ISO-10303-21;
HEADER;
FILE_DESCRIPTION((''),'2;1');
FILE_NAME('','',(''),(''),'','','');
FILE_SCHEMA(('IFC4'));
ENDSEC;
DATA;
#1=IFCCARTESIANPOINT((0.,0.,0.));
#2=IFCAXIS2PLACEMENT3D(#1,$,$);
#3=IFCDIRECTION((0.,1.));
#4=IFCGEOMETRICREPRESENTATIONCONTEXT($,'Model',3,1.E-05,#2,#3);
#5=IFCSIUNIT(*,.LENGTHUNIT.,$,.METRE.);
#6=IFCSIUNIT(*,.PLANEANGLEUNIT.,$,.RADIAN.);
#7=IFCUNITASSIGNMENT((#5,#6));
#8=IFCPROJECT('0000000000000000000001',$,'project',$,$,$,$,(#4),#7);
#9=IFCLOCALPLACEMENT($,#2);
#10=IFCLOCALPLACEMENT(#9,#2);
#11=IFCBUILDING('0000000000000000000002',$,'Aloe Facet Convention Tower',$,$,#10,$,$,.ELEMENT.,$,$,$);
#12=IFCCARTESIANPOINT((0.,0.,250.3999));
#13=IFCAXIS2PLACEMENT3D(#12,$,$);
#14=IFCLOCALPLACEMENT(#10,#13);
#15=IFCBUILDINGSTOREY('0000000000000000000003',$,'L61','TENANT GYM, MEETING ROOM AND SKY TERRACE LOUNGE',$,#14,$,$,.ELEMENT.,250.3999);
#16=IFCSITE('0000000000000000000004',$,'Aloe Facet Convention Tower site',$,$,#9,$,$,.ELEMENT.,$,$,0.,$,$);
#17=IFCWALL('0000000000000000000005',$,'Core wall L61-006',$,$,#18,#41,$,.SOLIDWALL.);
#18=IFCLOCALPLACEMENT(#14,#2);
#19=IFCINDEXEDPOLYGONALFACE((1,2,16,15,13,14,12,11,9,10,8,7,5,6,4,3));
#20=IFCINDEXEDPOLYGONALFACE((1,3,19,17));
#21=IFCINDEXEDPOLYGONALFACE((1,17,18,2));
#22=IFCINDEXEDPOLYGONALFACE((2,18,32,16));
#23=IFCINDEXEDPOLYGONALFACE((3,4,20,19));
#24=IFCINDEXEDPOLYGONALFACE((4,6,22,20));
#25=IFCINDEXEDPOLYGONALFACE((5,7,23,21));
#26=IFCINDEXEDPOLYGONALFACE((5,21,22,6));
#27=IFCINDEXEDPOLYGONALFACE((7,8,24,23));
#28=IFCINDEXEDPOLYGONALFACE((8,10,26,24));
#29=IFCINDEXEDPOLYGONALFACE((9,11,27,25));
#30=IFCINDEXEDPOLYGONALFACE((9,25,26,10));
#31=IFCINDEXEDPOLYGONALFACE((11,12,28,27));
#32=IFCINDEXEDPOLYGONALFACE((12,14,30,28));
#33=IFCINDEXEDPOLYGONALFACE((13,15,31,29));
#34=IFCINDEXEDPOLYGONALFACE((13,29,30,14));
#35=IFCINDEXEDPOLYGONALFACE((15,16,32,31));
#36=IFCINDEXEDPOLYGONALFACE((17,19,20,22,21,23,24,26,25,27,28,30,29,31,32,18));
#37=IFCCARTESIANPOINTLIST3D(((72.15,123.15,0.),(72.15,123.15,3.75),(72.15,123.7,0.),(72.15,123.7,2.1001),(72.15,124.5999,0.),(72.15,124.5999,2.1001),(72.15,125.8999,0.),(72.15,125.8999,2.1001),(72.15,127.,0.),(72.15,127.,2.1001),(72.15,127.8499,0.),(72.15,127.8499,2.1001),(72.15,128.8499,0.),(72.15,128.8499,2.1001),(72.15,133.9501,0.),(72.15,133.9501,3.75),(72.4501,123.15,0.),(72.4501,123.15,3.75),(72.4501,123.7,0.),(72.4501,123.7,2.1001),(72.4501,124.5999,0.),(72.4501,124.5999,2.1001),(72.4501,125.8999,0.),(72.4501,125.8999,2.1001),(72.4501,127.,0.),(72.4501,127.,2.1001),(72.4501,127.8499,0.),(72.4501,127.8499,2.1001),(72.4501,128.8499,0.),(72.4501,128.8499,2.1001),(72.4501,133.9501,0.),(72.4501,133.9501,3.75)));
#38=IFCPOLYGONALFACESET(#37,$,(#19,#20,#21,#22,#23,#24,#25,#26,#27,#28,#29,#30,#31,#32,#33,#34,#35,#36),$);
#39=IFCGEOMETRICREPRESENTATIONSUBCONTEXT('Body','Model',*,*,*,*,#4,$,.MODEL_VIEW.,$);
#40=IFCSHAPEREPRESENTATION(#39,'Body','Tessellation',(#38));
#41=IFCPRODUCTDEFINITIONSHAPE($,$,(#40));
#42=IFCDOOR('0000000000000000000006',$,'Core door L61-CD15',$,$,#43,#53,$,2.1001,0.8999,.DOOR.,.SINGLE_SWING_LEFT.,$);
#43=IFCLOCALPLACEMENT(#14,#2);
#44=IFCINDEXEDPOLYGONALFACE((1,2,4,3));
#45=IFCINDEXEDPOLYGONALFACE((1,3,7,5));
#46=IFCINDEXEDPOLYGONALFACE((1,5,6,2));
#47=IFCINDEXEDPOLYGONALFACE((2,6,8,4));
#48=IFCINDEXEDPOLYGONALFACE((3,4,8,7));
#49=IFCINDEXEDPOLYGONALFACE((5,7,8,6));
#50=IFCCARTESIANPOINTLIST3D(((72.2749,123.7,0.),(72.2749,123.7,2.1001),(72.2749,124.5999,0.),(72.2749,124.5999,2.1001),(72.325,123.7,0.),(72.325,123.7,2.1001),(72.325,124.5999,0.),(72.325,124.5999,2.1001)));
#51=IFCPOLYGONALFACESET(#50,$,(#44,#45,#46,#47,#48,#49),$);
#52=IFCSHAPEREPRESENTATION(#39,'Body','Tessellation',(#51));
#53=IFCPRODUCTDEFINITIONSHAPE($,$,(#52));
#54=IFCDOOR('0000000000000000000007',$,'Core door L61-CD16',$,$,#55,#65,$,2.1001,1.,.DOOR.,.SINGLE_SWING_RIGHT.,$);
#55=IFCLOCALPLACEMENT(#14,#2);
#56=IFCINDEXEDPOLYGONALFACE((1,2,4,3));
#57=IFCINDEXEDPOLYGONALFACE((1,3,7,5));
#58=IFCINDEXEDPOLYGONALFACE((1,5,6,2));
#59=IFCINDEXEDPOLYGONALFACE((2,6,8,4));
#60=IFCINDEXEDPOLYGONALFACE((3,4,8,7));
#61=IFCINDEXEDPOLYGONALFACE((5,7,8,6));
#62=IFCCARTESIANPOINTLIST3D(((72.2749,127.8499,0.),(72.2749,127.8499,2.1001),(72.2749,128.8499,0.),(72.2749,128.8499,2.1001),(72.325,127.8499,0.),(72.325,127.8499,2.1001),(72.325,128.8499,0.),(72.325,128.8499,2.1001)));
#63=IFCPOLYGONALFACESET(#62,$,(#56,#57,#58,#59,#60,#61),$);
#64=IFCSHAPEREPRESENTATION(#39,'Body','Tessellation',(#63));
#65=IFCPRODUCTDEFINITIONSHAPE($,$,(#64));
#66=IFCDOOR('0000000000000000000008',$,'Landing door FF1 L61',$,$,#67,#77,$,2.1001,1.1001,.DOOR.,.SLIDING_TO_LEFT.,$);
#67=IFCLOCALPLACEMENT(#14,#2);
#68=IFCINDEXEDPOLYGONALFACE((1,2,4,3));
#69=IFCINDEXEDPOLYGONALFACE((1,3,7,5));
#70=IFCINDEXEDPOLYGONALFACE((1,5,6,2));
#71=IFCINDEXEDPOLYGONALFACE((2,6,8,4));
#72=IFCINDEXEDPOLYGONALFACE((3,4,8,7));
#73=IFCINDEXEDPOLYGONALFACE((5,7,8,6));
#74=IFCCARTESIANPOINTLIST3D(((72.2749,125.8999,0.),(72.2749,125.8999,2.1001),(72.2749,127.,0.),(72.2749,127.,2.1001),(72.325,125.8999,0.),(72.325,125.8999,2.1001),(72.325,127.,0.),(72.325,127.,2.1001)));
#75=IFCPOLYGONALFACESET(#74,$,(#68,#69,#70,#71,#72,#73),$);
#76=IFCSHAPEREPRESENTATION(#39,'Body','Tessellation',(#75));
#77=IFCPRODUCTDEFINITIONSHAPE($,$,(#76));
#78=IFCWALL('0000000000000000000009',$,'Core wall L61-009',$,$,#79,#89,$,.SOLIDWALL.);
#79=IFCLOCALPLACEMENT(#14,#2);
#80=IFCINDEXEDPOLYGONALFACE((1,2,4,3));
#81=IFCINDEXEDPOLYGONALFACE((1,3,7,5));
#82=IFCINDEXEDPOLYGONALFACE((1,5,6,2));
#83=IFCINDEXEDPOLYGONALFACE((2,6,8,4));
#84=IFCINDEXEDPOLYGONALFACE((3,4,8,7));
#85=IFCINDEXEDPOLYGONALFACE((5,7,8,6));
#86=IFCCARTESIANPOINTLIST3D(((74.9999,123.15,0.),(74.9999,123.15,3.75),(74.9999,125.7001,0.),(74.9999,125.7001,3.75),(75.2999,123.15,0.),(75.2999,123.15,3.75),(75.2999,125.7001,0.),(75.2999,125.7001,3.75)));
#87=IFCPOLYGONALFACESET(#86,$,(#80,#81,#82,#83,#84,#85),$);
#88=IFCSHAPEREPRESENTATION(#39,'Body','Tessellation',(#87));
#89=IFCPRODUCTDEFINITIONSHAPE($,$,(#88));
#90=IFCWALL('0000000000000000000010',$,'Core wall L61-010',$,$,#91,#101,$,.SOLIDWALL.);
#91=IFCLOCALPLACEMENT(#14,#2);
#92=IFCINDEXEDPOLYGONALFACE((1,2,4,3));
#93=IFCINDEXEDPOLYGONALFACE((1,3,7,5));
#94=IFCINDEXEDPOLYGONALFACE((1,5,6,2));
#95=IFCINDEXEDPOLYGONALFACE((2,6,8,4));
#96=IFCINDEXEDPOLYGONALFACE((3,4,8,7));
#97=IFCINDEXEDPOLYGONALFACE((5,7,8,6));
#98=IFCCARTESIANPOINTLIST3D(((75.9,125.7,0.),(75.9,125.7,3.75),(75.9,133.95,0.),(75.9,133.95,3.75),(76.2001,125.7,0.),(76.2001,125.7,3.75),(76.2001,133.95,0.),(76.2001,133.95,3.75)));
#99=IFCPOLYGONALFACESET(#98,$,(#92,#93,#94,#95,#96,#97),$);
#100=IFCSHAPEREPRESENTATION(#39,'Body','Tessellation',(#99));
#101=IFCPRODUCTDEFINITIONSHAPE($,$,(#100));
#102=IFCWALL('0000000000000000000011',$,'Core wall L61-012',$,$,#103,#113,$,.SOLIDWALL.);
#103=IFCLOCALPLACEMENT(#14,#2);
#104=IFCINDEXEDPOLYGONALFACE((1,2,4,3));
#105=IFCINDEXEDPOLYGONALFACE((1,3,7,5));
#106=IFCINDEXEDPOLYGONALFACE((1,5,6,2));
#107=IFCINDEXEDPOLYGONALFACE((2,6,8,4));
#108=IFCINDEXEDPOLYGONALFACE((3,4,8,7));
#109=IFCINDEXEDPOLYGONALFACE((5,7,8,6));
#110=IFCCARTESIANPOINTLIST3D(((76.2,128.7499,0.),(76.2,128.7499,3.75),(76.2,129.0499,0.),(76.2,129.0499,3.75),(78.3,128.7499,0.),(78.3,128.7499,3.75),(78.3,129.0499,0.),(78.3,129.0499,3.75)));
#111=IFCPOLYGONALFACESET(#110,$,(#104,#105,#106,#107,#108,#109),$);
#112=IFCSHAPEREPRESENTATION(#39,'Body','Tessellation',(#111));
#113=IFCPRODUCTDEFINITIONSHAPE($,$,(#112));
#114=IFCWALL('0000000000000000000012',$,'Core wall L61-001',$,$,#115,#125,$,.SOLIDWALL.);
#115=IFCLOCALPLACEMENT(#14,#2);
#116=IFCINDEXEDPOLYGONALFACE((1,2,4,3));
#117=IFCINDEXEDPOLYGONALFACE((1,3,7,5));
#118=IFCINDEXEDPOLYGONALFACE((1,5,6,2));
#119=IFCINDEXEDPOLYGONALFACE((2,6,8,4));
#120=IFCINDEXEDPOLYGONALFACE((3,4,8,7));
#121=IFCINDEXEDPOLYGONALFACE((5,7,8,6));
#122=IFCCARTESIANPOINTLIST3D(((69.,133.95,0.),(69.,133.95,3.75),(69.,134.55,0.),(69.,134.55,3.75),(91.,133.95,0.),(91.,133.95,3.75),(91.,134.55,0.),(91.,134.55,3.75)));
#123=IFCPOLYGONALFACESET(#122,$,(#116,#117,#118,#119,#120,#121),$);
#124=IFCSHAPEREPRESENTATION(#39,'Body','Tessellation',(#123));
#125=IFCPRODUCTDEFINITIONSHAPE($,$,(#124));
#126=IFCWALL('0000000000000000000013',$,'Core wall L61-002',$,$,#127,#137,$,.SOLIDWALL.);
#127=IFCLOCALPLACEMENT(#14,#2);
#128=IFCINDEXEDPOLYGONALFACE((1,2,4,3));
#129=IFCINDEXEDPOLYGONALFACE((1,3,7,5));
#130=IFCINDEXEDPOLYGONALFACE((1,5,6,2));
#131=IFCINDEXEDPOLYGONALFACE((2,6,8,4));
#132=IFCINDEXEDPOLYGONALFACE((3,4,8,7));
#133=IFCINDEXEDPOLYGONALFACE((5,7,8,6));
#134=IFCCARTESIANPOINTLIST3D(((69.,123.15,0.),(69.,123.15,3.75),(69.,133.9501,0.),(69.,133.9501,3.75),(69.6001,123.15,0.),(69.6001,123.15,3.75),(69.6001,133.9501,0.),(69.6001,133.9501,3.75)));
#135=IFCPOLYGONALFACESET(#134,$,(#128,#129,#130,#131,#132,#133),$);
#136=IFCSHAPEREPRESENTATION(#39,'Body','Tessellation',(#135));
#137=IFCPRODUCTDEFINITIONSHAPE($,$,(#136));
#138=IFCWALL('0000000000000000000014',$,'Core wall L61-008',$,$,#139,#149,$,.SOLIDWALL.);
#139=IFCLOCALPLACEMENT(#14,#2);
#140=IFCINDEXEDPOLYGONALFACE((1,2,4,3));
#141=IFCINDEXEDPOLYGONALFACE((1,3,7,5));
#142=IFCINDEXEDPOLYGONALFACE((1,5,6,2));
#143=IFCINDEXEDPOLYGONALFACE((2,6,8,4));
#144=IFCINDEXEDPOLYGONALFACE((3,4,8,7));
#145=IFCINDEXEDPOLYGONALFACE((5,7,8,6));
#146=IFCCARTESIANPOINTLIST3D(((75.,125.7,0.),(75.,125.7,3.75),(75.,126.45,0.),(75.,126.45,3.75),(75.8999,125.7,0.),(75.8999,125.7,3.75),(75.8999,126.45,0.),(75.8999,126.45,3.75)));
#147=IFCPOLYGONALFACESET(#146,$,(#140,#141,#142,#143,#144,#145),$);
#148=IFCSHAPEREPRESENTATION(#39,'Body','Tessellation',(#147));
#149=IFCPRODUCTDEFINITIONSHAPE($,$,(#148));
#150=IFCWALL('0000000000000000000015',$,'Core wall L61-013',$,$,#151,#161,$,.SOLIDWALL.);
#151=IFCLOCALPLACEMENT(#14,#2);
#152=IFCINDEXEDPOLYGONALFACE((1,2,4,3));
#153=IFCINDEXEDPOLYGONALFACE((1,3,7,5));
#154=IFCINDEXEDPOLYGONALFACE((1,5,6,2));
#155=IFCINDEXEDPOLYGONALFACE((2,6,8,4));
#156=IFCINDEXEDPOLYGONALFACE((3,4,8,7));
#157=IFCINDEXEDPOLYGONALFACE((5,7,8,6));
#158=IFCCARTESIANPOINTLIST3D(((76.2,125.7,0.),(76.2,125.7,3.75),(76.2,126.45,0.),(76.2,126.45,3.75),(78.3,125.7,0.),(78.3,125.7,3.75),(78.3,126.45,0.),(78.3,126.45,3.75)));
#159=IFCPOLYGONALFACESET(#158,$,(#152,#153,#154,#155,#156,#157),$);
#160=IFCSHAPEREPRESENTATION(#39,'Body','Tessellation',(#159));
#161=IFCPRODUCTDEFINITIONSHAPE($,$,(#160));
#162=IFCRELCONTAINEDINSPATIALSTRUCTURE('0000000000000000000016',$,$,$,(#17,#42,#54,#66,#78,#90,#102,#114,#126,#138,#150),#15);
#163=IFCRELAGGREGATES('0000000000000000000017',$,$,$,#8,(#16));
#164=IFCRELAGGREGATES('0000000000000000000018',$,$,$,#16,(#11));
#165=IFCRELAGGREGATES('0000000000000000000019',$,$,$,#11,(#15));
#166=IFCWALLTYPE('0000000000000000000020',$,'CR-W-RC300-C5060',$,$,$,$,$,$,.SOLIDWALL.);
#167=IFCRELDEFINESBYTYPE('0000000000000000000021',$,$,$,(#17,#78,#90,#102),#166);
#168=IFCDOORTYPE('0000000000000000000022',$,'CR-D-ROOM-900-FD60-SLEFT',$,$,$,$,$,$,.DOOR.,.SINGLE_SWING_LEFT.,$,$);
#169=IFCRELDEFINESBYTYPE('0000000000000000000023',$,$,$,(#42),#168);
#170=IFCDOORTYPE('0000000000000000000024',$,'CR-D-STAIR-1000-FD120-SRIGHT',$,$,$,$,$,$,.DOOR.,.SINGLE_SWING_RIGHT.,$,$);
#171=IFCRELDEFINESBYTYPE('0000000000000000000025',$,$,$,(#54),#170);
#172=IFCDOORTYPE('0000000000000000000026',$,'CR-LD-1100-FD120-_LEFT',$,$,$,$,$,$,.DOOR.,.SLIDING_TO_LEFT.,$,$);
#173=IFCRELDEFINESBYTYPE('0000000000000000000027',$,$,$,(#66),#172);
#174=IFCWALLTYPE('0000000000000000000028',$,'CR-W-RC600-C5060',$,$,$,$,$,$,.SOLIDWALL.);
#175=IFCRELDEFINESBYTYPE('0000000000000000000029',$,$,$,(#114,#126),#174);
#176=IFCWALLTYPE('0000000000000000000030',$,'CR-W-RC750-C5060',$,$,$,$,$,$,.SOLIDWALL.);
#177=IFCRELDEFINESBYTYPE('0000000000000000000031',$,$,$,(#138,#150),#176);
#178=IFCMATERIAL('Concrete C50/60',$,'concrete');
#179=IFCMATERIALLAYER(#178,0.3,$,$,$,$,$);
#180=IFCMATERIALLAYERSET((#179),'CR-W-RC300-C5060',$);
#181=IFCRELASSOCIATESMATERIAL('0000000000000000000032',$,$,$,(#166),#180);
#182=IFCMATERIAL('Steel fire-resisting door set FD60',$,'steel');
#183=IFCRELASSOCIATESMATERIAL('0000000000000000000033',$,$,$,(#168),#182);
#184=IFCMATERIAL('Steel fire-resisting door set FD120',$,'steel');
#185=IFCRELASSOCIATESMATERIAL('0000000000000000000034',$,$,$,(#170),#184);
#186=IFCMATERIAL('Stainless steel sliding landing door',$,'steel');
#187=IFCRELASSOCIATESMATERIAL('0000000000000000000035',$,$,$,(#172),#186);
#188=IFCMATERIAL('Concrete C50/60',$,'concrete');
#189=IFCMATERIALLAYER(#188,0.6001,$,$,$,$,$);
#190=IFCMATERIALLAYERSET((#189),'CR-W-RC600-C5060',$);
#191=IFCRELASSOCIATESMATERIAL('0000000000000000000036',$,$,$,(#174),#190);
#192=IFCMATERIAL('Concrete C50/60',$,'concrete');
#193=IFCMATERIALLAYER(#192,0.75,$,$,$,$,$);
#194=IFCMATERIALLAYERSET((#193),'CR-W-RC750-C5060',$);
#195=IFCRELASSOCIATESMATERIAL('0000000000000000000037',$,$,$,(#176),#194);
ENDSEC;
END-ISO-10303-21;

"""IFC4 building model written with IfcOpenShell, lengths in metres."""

from ifc_helpers import new_model, si_unit, direction, frame, frame_2d, origin, place, context, subcontext, project, spatial, rectangle, extrude, material, layer, layer_set, type_object, element, fill, save


model = new_model("IFC4")

# Units and contexts
model_context = context("Model", 3, precision=1e-05, world=origin(), true_north=direction((0.0, 1.0)))
body_context = subcontext(model_context, "Body", "Model", "MODEL_VIEW")
ifc_project = project(units=[si_unit("LENGTHUNIT", "METRE"), si_unit("PLANEANGLEUNIT", "RADIAN")], contexts=[model_context])

# Site, building, storey
site_placement = place(None, origin())
site = spatial("IfcSite", under=ifc_project, at=site_placement, Name="Aloe Facet Convention Tower site", CompositionType="ELEMENT", RefElevation=0.0)
building_placement = place(site_placement, origin())
building = spatial("IfcBuilding", under=site, at=building_placement, Name="Aloe Facet Convention Tower", CompositionType="ELEMENT")
storey_placement = place(building_placement, frame((0.0, 0.0, 250.3999)))
storey = spatial("IfcBuildingStorey", under=building, at=storey_placement, Name="L61", Description="TENANT GYM, MEETING ROOM AND SKY TERRACE LOUNGE", CompositionType="ELEMENT", Elevation=250.3999)

# Shared definitions
ifc_material_1 = material(Name="Concrete C50/60", Category="concrete")
ifc_layer_1 = layer(ifc_material_1, 0.3)
ifc_layer_set_1 = layer_set([ifc_layer_1], Name="CR-W-RC300-C5060")
wall_type_1 = type_object("IfcWallType", Name="CR-W-RC300-C5060", PredefinedType="SOLIDWALL", material=ifc_layer_set_1)

# Wall, openings, doors
wall_1_placement = place(storey_placement, frame((72.3, 133.95, 0.0), z_axis=(0.0, 0.0, 1.0), x_axis=(0.0, -1.0, 0.0)))
wall_1 = element("IfcWall", 1, at=wall_1_placement, inside=storey, type_object=wall_type_1, Name="Core wall L61-006", PredefinedType="SOLIDWALL", context=body_context, shape_type="SweptSolid", body=[
    extrude(rectangle(XDim=10.8, YDim=0.3, at=frame_2d((5.3999, 0.0))), origin(), (0.0, 0.0, 1.0), 3.75),
])
opening_1_placement = place(wall_1_placement, frame((6.95, 0.0, 0.0)))
opening_1 = element("IfcOpeningElement", 2, at=opening_1_placement, cuts=wall_1, PredefinedType="OPENING", context=body_context, shape_type="SweptSolid", body=[
    extrude(rectangle(XDim=1.1001, YDim=2.1001, at=frame_2d((0.55, 1.05))), frame((0.0, 0.1602, 0.0), z_axis=(0.0, -1.0, 0.0), x_axis=(1.0, 0.0, 0.0)), (0.0, 0.0, 1.0), 0.3201),
])
opening_2_placement = place(wall_1_placement, frame((9.3501, 0.0, 0.0)))
opening_2 = element("IfcOpeningElement", 3, at=opening_2_placement, cuts=wall_1, PredefinedType="OPENING", context=body_context, shape_type="SweptSolid", body=[
    extrude(rectangle(XDim=0.8999, YDim=2.1001, at=frame_2d((0.45, 1.05))), frame((0.0, 0.1602, 0.0), z_axis=(0.0, -1.0, 0.0), x_axis=(1.0, 0.0, 0.0)), (0.0, 0.0, 1.0), 0.3201),
])
opening_3_placement = place(wall_1_placement, frame((5.1001, 0.0, 0.0)))
opening_3 = element("IfcOpeningElement", 4, at=opening_3_placement, cuts=wall_1, PredefinedType="OPENING", context=body_context, shape_type="SweptSolid", body=[
    extrude(rectangle(XDim=1.0, YDim=2.1001, at=frame_2d((0.5, 1.05))), frame((0.0, 0.1602, 0.0), z_axis=(0.0, -1.0, 0.0), x_axis=(1.0, 0.0, 0.0)), (0.0, 0.0, 1.0), 0.3201),
])
ifc_material_2 = material(Name="Steel fire-resisting door set FD60", Category="steel")
door_type_1 = type_object("IfcDoorType", Name="CR-D-ROOM-900-FD60-SLEFT", OperationType="SINGLE_SWING_LEFT", PredefinedType="DOOR", material=ifc_material_2)
door_1_placement = place(opening_2_placement, origin())
door_1 = element("IfcDoor", 5, at=door_1_placement, inside=storey, type_object=door_type_1, Name="Core door L61-CD15", OperationType="SINGLE_SWING_LEFT", OverallHeight=2.1001, OverallWidth=0.8999, PredefinedType="DOOR", context=body_context, shape_type="SweptSolid", body=[
    extrude(rectangle(XDim=0.8999, YDim=2.1001, at=frame_2d((0.45, 1.05))), frame((0.0, 0.0249, 0.0), z_axis=(0.0, -1.0, 0.0), x_axis=(1.0, 0.0, 0.0)), (0.0, 0.0, 1.0), 0.05),
])
fill(opening_2, door_1)
ifc_material_3 = material(Name="Steel fire-resisting door set FD120", Category="steel")
door_type_2 = type_object("IfcDoorType", Name="CR-D-STAIR-1000-FD120-SRIGHT", OperationType="SINGLE_SWING_RIGHT", PredefinedType="DOOR", material=ifc_material_3)
door_2_placement = place(opening_3_placement, origin())
door_2 = element("IfcDoor", 6, at=door_2_placement, inside=storey, type_object=door_type_2, Name="Core door L61-CD16", OperationType="SINGLE_SWING_RIGHT", OverallHeight=2.1001, OverallWidth=1.0, PredefinedType="DOOR", context=body_context, shape_type="SweptSolid", body=[
    extrude(rectangle(XDim=1.0, YDim=2.1001, at=frame_2d((0.5, 1.05))), frame((0.0, 0.0249, 0.0), z_axis=(0.0, -1.0, 0.0), x_axis=(1.0, 0.0, 0.0)), (0.0, 0.0, 1.0), 0.05),
])
fill(opening_3, door_2)
ifc_material_4 = material(Name="Stainless steel sliding landing door", Category="steel")
door_type_3 = type_object("IfcDoorType", Name="CR-LD-1100-FD120-_LEFT", OperationType="SLIDING_TO_LEFT", PredefinedType="DOOR", material=ifc_material_4)
door_3_placement = place(opening_1_placement, origin())
door_3 = element("IfcDoor", 7, at=door_3_placement, inside=storey, type_object=door_type_3, Name="Landing door FF1 L61", OperationType="SLIDING_TO_LEFT", OverallHeight=2.1001, OverallWidth=1.1001, PredefinedType="DOOR", context=body_context, shape_type="SweptSolid", body=[
    extrude(rectangle(XDim=1.1001, YDim=2.1001, at=frame_2d((0.55, 1.05))), frame((0.0, 0.0249, 0.0), z_axis=(0.0, -1.0, 0.0), x_axis=(1.0, 0.0, 0.0)), (0.0, 0.0, 1.0), 0.05),
])
fill(opening_1, door_3)

# Walls
wall_2_placement = place(storey_placement, frame((75.1499, 125.7, 0.0), z_axis=(0.0, 0.0, 1.0), x_axis=(0.0, -1.0, 0.0)))
element("IfcWall", 8, at=wall_2_placement, inside=storey, type_object=wall_type_1, Name="Core wall L61-009", PredefinedType="SOLIDWALL", context=body_context, shape_type="SweptSolid", body=[
    extrude(rectangle(XDim=2.55, YDim=0.3, at=frame_2d((1.2749, 0.0))), origin(), (0.0, 0.0, 1.0), 3.75),
])
wall_3_placement = place(storey_placement, frame((76.05, 133.95, 0.0), z_axis=(0.0, 0.0, 1.0), x_axis=(0.0, -1.0, 0.0)))
element("IfcWall", 9, at=wall_3_placement, inside=storey, type_object=wall_type_1, Name="Core wall L61-010", PredefinedType="SOLIDWALL", context=body_context, shape_type="SweptSolid", body=[
    extrude(rectangle(XDim=8.25, YDim=0.3, at=frame_2d((4.125, 0.0))), origin(), (0.0, 0.0, 1.0), 3.75),
])
wall_4_placement = place(storey_placement, frame((76.2, 128.8999, 0.0), z_axis=(0.0, 0.0, 1.0), x_axis=(1.0, 0.0, 0.0)))
element("IfcWall", 10, at=wall_4_placement, inside=storey, type_object=wall_type_1, Name="Core wall L61-012", PredefinedType="SOLIDWALL", context=body_context, shape_type="SweptSolid", body=[
    extrude(rectangle(XDim=2.1001, YDim=0.3, at=frame_2d((1.05, 0.0))), origin(), (0.0, 0.0, 1.0), 3.75),
])
ifc_material_5 = material(Name="Concrete C50/60", Category="concrete")
ifc_layer_2 = layer(ifc_material_5, 0.6001)
ifc_layer_set_2 = layer_set([ifc_layer_2], Name="CR-W-RC600-C5060")
wall_type_2 = type_object("IfcWallType", Name="CR-W-RC600-C5060", PredefinedType="SOLIDWALL", material=ifc_layer_set_2)
wall_5_placement = place(storey_placement, frame((69.0, 134.25, 0.0), z_axis=(0.0, 0.0, 1.0), x_axis=(1.0, 0.0, 0.0)))
element("IfcWall", 11, at=wall_5_placement, inside=storey, type_object=wall_type_2, Name="Core wall L61-001", PredefinedType="SOLIDWALL", context=body_context, shape_type="SweptSolid", body=[
    extrude(rectangle(XDim=22.0, YDim=0.6001, at=frame_2d((11.0, 0.0))), origin(), (0.0, 0.0, 1.0), 3.75),
])
wall_6_placement = place(storey_placement, frame((69.3, 133.95, 0.0), z_axis=(0.0, 0.0, 1.0), x_axis=(0.0, -1.0, 0.0)))
element("IfcWall", 12, at=wall_6_placement, inside=storey, type_object=wall_type_2, Name="Core wall L61-002", PredefinedType="SOLIDWALL", context=body_context, shape_type="SweptSolid", body=[
    extrude(rectangle(XDim=10.8, YDim=0.6001, at=frame_2d((5.3999, 0.0))), origin(), (0.0, 0.0, 1.0), 3.75),
])
ifc_material_6 = material(Name="Concrete C50/60", Category="concrete")
ifc_layer_3 = layer(ifc_material_6, 0.75)
ifc_layer_set_3 = layer_set([ifc_layer_3], Name="CR-W-RC750-C5060")
wall_type_3 = type_object("IfcWallType", Name="CR-W-RC750-C5060", PredefinedType="SOLIDWALL", material=ifc_layer_set_3)
wall_7_placement = place(storey_placement, frame((75.0, 126.075, 0.0), z_axis=(0.0, 0.0, 1.0), x_axis=(1.0, 0.0, 0.0)))
element("IfcWall", 13, at=wall_7_placement, inside=storey, type_object=wall_type_3, Name="Core wall L61-008", PredefinedType="SOLIDWALL", context=body_context, shape_type="SweptSolid", body=[
    extrude(rectangle(XDim=0.8999, YDim=0.75, at=frame_2d((0.45, 0.0))), origin(), (0.0, 0.0, 1.0), 3.75),
])
wall_8_placement = place(storey_placement, frame((76.2, 126.075, 0.0), z_axis=(0.0, 0.0, 1.0), x_axis=(1.0, 0.0, 0.0)))
element("IfcWall", 14, at=wall_8_placement, inside=storey, type_object=wall_type_3, Name="Core wall L61-013", PredefinedType="SOLIDWALL", context=body_context, shape_type="SweptSolid", body=[
    extrude(rectangle(XDim=2.1001, YDim=0.75, at=frame_2d((1.05, 0.0))), origin(), (0.0, 0.0, 1.0), 3.75),
])

save(model, "model.ifc")
